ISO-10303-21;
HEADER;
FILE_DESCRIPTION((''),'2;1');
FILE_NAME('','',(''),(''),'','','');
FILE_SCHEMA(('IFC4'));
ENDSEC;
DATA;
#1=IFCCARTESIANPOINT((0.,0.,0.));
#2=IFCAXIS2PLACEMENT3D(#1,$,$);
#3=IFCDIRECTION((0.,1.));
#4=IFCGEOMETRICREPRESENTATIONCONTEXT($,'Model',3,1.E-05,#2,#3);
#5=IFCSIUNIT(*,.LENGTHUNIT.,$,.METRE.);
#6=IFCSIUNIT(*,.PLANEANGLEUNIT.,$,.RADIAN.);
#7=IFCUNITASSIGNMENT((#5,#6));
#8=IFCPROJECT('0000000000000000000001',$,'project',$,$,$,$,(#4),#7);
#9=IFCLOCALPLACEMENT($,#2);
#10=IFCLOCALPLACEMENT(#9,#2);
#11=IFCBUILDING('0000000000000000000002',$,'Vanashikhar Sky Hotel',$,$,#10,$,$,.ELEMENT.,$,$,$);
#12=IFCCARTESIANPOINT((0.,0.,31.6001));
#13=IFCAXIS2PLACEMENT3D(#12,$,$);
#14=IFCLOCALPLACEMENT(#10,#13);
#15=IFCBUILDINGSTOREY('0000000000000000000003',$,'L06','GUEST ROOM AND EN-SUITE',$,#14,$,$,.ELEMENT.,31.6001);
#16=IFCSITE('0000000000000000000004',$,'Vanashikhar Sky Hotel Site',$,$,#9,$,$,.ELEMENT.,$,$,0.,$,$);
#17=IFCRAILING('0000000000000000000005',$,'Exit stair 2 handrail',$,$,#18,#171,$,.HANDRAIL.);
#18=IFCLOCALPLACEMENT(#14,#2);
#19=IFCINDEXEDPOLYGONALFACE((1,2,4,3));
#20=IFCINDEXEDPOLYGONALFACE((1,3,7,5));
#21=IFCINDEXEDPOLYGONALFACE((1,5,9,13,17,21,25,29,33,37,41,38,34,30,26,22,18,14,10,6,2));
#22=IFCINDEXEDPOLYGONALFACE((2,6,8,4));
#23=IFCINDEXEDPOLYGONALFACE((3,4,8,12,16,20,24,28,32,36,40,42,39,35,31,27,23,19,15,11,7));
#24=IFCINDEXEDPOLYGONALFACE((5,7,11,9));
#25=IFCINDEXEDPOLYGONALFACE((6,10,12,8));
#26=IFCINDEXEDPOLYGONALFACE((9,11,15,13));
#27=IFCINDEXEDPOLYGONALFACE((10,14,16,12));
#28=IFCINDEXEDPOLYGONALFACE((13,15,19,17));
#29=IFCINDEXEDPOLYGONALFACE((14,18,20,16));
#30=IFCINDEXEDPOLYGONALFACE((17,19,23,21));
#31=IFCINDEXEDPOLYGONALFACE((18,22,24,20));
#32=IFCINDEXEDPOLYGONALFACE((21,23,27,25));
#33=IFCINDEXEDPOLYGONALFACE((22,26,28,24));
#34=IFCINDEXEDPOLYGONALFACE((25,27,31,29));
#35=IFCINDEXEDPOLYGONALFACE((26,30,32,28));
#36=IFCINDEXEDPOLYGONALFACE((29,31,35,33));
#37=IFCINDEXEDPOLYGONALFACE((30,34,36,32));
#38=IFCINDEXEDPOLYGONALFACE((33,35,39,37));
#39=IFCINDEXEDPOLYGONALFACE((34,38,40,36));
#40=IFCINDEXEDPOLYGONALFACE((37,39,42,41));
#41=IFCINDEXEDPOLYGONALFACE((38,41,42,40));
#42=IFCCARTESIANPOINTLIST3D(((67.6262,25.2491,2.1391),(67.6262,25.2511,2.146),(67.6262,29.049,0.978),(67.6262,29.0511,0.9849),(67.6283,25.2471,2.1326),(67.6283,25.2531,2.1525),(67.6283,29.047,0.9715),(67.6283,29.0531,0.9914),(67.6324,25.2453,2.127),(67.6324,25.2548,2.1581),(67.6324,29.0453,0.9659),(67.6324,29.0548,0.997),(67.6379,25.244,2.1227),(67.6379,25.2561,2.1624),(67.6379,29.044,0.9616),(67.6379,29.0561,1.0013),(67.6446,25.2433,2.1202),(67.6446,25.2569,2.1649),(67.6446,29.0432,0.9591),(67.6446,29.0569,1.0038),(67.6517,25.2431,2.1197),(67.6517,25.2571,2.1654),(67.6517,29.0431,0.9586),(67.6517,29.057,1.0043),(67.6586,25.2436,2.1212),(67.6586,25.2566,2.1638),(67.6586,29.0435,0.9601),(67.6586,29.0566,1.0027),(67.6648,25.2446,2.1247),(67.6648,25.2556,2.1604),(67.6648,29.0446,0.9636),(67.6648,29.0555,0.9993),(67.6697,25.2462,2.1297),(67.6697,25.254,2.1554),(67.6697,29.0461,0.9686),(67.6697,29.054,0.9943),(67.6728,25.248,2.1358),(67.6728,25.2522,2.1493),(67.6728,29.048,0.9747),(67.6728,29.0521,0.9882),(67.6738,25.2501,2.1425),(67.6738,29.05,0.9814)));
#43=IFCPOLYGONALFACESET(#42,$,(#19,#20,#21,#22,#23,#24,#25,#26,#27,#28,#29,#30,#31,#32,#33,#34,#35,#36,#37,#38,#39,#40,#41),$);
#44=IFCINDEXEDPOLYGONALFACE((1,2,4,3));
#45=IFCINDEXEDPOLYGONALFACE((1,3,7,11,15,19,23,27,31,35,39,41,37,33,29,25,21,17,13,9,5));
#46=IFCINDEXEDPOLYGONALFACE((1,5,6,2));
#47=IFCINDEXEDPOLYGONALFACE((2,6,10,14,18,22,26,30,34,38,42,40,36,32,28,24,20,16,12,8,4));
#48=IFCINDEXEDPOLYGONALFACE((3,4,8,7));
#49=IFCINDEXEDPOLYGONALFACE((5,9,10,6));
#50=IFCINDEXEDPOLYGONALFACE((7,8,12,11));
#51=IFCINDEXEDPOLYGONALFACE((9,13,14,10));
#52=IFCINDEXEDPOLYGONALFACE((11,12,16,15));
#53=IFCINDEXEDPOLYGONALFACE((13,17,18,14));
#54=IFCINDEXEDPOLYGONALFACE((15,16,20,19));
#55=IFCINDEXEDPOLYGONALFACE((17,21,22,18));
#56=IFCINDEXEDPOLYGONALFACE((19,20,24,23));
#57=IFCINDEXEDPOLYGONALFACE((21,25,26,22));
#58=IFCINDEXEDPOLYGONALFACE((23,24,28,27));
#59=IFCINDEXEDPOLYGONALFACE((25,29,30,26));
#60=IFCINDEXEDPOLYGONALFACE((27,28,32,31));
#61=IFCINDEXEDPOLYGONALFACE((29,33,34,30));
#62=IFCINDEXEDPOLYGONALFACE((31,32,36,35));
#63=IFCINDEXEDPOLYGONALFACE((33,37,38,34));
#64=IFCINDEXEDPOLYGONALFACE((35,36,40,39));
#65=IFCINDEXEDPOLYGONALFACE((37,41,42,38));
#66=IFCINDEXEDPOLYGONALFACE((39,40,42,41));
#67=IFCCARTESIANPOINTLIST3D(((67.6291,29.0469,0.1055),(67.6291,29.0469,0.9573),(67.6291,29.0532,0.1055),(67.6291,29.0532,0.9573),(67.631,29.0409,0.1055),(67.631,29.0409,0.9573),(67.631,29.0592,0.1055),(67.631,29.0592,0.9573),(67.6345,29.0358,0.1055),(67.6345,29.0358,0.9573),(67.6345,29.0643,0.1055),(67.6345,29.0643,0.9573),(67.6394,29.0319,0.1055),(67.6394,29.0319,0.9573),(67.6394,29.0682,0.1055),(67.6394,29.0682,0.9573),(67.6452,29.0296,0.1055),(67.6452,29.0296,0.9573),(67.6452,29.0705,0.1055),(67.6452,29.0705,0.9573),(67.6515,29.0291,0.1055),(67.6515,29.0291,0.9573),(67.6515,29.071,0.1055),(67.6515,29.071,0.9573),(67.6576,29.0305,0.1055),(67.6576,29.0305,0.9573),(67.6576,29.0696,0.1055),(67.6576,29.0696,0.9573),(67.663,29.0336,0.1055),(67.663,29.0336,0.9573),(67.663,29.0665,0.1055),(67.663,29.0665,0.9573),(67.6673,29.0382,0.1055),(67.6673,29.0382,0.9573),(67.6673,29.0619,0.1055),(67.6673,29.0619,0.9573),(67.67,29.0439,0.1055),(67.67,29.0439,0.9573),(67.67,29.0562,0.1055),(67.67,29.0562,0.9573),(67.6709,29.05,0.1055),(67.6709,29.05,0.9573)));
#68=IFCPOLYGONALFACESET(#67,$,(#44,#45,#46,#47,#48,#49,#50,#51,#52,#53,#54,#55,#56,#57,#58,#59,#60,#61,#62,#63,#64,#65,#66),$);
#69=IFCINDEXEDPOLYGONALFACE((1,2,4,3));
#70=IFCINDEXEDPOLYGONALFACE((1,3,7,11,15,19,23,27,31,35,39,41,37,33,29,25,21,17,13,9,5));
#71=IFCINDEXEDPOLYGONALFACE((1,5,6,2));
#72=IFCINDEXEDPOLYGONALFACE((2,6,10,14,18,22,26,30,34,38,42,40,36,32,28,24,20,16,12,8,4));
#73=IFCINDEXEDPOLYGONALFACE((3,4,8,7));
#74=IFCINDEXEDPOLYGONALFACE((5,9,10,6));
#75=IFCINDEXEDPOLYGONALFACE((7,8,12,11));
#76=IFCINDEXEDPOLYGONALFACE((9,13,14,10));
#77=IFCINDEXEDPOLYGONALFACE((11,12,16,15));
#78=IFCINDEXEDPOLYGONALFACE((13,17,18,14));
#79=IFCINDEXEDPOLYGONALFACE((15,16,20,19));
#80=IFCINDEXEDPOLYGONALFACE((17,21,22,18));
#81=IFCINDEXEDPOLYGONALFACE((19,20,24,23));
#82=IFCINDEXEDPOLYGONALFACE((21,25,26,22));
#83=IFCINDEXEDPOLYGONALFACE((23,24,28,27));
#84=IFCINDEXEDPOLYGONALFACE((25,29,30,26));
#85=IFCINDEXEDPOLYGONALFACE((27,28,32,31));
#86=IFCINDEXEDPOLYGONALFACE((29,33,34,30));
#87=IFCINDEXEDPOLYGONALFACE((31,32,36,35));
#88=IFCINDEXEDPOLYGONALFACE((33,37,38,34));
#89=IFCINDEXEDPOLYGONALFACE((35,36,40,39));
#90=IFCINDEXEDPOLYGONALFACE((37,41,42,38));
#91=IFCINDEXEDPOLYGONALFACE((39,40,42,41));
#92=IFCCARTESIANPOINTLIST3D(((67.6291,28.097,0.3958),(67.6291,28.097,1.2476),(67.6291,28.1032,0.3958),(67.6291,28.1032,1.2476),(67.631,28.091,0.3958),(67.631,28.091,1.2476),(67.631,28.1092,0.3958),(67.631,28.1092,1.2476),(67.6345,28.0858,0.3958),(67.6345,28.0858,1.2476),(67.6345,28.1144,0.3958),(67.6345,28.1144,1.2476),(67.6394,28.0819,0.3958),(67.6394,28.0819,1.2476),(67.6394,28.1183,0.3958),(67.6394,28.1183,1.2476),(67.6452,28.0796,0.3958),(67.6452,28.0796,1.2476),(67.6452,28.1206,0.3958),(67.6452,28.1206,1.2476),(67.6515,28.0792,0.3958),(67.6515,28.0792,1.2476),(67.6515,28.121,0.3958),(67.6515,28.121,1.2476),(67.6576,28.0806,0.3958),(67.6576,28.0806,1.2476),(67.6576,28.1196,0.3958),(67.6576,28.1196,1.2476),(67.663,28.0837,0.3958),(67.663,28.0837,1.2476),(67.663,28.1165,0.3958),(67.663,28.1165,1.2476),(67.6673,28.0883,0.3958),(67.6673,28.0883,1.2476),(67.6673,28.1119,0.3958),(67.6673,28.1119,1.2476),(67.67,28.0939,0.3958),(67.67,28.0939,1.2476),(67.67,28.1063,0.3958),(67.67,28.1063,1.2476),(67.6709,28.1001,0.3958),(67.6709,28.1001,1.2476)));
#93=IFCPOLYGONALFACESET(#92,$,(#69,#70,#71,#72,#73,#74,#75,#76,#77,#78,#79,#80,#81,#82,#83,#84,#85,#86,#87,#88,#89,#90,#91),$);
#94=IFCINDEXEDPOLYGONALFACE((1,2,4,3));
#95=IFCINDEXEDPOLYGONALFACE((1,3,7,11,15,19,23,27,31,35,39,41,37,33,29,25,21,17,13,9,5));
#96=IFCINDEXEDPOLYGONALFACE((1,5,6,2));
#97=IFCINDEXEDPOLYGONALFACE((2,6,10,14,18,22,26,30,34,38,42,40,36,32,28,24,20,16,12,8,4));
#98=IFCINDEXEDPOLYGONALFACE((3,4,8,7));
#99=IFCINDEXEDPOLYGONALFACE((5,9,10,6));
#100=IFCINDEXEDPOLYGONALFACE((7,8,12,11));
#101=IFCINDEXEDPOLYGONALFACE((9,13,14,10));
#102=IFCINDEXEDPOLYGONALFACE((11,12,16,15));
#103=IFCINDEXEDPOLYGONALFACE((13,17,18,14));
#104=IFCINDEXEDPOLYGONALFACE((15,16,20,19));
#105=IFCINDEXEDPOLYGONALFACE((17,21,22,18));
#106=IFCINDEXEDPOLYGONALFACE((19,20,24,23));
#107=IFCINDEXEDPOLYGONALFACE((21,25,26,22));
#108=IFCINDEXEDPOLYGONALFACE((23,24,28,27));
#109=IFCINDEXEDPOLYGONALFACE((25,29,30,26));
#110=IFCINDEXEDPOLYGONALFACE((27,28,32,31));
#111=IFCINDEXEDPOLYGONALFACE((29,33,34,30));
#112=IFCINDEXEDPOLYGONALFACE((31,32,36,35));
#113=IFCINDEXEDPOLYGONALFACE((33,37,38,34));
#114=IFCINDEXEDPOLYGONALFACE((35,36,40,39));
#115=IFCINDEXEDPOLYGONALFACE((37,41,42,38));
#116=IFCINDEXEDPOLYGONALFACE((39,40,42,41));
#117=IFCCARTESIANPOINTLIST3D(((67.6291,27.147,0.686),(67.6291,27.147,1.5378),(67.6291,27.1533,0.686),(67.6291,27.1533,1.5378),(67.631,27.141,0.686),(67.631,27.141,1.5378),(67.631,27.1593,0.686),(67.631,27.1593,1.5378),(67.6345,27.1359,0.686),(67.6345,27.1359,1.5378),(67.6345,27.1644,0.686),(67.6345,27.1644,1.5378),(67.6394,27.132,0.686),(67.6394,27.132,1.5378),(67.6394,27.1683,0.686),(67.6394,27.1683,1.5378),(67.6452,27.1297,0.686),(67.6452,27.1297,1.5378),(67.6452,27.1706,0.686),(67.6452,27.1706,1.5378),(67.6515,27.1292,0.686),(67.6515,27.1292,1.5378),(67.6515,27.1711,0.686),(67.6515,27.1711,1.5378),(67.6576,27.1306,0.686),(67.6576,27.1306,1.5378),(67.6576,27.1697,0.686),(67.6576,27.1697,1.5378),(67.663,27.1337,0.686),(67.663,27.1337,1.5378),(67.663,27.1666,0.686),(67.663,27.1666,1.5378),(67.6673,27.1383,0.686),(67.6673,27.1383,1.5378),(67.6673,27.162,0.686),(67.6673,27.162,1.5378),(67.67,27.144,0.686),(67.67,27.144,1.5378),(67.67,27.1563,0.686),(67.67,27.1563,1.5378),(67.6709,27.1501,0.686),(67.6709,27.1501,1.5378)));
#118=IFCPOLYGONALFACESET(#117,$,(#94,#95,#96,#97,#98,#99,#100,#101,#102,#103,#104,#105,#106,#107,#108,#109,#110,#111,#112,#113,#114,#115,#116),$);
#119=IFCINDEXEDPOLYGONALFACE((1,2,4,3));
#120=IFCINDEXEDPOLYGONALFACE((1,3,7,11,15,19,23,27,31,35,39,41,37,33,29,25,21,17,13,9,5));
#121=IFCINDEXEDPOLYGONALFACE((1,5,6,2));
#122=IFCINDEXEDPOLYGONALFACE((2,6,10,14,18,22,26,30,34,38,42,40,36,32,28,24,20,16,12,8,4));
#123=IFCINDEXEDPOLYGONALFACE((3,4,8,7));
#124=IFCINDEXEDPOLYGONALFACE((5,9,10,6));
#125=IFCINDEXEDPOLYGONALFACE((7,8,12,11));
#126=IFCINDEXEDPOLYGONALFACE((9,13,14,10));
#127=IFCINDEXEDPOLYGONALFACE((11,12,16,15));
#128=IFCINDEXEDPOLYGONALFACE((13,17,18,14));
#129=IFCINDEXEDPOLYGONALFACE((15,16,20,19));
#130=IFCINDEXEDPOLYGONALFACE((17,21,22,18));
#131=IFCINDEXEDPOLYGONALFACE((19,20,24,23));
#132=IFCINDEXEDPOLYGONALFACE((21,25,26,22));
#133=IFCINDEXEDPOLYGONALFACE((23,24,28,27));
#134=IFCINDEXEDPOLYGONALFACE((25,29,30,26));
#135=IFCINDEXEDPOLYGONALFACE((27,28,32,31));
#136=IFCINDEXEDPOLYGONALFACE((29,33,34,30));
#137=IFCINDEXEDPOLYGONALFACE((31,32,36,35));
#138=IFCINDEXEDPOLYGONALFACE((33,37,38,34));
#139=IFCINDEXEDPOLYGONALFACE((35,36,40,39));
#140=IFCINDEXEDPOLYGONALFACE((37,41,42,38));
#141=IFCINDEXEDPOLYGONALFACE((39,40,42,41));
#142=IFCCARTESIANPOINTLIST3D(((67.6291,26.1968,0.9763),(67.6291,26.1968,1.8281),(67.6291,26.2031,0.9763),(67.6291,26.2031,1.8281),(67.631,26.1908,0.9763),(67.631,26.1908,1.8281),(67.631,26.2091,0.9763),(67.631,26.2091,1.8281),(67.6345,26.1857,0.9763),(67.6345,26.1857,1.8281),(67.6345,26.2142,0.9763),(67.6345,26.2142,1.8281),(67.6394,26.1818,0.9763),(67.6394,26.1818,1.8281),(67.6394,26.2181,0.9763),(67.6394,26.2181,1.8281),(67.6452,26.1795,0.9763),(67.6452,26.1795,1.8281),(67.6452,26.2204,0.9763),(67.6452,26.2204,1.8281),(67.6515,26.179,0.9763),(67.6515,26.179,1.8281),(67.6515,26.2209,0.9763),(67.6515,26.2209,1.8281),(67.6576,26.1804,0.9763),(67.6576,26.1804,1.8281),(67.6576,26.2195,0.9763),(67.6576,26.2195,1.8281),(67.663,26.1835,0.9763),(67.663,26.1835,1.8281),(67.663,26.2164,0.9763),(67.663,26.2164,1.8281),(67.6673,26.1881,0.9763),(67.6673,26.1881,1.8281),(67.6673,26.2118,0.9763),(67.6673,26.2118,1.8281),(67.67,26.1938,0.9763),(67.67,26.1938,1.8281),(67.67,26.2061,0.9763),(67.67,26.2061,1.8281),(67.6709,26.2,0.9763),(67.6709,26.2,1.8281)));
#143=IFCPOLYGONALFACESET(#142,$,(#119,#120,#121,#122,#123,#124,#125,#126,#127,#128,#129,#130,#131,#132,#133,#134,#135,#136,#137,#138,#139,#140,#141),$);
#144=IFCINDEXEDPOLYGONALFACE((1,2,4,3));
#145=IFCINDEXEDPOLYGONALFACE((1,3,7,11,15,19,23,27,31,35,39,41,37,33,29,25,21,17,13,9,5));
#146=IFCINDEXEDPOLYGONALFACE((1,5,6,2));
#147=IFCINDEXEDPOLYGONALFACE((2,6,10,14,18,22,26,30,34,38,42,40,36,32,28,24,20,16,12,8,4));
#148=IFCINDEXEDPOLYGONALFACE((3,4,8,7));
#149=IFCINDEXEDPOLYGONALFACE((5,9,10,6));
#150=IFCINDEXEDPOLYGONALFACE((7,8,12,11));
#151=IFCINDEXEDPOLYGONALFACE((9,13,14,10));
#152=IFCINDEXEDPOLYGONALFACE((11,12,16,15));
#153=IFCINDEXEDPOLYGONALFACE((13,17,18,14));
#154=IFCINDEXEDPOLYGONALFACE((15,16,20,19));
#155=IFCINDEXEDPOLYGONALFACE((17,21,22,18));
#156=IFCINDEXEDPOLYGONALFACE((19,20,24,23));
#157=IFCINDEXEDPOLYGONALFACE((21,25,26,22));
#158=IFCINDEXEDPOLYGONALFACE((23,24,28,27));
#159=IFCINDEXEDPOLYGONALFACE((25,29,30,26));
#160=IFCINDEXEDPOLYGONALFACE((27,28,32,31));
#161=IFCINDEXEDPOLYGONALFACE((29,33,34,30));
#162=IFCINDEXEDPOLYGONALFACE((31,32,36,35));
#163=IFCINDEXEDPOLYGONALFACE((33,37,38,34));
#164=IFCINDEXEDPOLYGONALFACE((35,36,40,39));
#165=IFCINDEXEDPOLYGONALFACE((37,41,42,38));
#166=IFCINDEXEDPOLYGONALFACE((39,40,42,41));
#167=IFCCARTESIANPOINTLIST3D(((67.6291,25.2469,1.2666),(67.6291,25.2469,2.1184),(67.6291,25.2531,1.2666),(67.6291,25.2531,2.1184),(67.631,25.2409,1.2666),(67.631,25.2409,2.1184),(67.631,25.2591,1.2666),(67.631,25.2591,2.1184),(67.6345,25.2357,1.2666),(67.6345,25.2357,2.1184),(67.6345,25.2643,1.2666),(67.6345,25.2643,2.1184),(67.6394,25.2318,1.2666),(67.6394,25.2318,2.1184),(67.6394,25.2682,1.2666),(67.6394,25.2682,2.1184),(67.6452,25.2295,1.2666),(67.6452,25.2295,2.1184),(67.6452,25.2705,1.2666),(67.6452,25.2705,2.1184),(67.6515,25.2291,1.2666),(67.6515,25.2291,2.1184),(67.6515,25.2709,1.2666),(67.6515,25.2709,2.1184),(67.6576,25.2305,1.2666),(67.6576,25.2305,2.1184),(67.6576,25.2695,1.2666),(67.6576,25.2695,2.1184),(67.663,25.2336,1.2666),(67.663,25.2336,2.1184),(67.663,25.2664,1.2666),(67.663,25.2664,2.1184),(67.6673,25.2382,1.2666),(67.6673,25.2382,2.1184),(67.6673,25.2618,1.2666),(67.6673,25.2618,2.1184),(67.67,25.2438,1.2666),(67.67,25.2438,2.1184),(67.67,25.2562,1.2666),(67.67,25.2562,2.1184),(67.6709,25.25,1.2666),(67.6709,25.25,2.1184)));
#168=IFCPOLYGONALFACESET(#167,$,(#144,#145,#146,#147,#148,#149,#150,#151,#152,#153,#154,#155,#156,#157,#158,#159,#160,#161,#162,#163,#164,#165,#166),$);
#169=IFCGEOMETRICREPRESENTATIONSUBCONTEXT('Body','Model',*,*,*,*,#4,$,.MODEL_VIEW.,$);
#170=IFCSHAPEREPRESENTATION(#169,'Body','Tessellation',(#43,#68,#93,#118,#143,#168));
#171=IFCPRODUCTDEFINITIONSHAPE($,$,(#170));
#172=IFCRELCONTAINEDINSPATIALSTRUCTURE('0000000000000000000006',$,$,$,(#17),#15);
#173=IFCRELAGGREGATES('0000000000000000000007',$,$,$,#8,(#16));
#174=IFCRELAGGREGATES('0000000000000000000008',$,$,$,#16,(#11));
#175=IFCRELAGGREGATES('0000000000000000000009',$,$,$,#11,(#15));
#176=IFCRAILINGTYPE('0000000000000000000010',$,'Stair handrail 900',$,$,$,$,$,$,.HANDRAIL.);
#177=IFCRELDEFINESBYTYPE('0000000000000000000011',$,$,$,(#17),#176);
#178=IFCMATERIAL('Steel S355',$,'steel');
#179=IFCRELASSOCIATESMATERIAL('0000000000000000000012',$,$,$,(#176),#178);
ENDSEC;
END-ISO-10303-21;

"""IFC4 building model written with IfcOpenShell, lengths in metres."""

from ifc_helpers import new_model, si_unit, direction, frame, origin, origin_2d, place, context, subcontext, project, spatial, circle, extrude, source, transform, mapped, material, type_object, element, save


model = new_model("IFC4")

# Units and contexts
model_context = context("Model", 3, precision=1e-05, world=origin(), true_north=direction((0.0, 1.0)))
body_context = subcontext(model_context, "Body", "Model", "MODEL_VIEW")
ifc_project = project(units=[si_unit("LENGTHUNIT", "METRE"), si_unit("PLANEANGLEUNIT", "RADIAN")], contexts=[model_context])

# Site, building, storey
site_placement = place(None, origin())
site = spatial("IfcSite", under=ifc_project, at=site_placement, Name="Vanashikhar Sky Hotel Site", CompositionType="ELEMENT", RefElevation=0.0)
building_placement = place(site_placement, origin())
building = spatial("IfcBuilding", under=site, at=building_placement, Name="Vanashikhar Sky Hotel", CompositionType="ELEMENT")
storey_placement = place(building_placement, frame((0.0, 0.0, 31.6001)))
storey = spatial("IfcBuildingStorey", under=building, at=storey_placement, Name="L06", Description="GUEST ROOM AND EN-SUITE", CompositionType="ELEMENT", Elevation=31.6001)

# Railing
ifc_material_1 = material(Name="Steel S355", Category="steel")
railing_type_1 = type_object("IfcRailingType", Name="Stair handrail 900", PredefinedType="HANDRAIL", material=ifc_material_1)
shared_shape_1 = source(origin(), body_context, "Body", "SweptSolid", [
    extrude(circle(Radius=0.0239, at=origin_2d()), frame((0.0, 0.0, 0.876), z_axis=(0.0, -0.956351, 0.29222), x_axis=(1.0, 0.0, 0.0)), (0.0, 0.0, 1.0), 3.9734),
    extrude(circle(Radius=0.021, at=origin_2d()), origin(), (0.0, 0.0, 1.0), 0.8518),
    extrude(circle(Radius=0.021, at=origin_2d()), frame((0.0, -0.95, 0.2903)), (0.0, 0.0, 1.0), 0.8518),
    extrude(circle(Radius=0.021, at=origin_2d()), frame((0.0, -1.8999, 0.5806)), (0.0, 0.0, 1.0), 0.8518),
    extrude(circle(Radius=0.021, at=origin_2d()), frame((0.0, -2.8501, 0.8708)), (0.0, 0.0, 1.0), 0.8518),
    extrude(circle(Radius=0.021, at=origin_2d()), frame((0.0, -3.8, 1.1611)), (0.0, 0.0, 1.0), 0.8518),
])
for number, where, name in (
    (1, (67.6499, 29.05, 0.1055), "Exit stair 2 handrail"),
):
    element("IfcRailing", number, at=place(storey_placement, frame(where)), inside=storey, type_object=railing_type_1, Name=name, PredefinedType="HANDRAIL", context=body_context, shape_type="MappedRepresentation", body=[
        mapped(shared_shape_1, transform((0.0, 0.0, 0.0), scale=1.0)),
    ])

save(model, "model.ifc")
